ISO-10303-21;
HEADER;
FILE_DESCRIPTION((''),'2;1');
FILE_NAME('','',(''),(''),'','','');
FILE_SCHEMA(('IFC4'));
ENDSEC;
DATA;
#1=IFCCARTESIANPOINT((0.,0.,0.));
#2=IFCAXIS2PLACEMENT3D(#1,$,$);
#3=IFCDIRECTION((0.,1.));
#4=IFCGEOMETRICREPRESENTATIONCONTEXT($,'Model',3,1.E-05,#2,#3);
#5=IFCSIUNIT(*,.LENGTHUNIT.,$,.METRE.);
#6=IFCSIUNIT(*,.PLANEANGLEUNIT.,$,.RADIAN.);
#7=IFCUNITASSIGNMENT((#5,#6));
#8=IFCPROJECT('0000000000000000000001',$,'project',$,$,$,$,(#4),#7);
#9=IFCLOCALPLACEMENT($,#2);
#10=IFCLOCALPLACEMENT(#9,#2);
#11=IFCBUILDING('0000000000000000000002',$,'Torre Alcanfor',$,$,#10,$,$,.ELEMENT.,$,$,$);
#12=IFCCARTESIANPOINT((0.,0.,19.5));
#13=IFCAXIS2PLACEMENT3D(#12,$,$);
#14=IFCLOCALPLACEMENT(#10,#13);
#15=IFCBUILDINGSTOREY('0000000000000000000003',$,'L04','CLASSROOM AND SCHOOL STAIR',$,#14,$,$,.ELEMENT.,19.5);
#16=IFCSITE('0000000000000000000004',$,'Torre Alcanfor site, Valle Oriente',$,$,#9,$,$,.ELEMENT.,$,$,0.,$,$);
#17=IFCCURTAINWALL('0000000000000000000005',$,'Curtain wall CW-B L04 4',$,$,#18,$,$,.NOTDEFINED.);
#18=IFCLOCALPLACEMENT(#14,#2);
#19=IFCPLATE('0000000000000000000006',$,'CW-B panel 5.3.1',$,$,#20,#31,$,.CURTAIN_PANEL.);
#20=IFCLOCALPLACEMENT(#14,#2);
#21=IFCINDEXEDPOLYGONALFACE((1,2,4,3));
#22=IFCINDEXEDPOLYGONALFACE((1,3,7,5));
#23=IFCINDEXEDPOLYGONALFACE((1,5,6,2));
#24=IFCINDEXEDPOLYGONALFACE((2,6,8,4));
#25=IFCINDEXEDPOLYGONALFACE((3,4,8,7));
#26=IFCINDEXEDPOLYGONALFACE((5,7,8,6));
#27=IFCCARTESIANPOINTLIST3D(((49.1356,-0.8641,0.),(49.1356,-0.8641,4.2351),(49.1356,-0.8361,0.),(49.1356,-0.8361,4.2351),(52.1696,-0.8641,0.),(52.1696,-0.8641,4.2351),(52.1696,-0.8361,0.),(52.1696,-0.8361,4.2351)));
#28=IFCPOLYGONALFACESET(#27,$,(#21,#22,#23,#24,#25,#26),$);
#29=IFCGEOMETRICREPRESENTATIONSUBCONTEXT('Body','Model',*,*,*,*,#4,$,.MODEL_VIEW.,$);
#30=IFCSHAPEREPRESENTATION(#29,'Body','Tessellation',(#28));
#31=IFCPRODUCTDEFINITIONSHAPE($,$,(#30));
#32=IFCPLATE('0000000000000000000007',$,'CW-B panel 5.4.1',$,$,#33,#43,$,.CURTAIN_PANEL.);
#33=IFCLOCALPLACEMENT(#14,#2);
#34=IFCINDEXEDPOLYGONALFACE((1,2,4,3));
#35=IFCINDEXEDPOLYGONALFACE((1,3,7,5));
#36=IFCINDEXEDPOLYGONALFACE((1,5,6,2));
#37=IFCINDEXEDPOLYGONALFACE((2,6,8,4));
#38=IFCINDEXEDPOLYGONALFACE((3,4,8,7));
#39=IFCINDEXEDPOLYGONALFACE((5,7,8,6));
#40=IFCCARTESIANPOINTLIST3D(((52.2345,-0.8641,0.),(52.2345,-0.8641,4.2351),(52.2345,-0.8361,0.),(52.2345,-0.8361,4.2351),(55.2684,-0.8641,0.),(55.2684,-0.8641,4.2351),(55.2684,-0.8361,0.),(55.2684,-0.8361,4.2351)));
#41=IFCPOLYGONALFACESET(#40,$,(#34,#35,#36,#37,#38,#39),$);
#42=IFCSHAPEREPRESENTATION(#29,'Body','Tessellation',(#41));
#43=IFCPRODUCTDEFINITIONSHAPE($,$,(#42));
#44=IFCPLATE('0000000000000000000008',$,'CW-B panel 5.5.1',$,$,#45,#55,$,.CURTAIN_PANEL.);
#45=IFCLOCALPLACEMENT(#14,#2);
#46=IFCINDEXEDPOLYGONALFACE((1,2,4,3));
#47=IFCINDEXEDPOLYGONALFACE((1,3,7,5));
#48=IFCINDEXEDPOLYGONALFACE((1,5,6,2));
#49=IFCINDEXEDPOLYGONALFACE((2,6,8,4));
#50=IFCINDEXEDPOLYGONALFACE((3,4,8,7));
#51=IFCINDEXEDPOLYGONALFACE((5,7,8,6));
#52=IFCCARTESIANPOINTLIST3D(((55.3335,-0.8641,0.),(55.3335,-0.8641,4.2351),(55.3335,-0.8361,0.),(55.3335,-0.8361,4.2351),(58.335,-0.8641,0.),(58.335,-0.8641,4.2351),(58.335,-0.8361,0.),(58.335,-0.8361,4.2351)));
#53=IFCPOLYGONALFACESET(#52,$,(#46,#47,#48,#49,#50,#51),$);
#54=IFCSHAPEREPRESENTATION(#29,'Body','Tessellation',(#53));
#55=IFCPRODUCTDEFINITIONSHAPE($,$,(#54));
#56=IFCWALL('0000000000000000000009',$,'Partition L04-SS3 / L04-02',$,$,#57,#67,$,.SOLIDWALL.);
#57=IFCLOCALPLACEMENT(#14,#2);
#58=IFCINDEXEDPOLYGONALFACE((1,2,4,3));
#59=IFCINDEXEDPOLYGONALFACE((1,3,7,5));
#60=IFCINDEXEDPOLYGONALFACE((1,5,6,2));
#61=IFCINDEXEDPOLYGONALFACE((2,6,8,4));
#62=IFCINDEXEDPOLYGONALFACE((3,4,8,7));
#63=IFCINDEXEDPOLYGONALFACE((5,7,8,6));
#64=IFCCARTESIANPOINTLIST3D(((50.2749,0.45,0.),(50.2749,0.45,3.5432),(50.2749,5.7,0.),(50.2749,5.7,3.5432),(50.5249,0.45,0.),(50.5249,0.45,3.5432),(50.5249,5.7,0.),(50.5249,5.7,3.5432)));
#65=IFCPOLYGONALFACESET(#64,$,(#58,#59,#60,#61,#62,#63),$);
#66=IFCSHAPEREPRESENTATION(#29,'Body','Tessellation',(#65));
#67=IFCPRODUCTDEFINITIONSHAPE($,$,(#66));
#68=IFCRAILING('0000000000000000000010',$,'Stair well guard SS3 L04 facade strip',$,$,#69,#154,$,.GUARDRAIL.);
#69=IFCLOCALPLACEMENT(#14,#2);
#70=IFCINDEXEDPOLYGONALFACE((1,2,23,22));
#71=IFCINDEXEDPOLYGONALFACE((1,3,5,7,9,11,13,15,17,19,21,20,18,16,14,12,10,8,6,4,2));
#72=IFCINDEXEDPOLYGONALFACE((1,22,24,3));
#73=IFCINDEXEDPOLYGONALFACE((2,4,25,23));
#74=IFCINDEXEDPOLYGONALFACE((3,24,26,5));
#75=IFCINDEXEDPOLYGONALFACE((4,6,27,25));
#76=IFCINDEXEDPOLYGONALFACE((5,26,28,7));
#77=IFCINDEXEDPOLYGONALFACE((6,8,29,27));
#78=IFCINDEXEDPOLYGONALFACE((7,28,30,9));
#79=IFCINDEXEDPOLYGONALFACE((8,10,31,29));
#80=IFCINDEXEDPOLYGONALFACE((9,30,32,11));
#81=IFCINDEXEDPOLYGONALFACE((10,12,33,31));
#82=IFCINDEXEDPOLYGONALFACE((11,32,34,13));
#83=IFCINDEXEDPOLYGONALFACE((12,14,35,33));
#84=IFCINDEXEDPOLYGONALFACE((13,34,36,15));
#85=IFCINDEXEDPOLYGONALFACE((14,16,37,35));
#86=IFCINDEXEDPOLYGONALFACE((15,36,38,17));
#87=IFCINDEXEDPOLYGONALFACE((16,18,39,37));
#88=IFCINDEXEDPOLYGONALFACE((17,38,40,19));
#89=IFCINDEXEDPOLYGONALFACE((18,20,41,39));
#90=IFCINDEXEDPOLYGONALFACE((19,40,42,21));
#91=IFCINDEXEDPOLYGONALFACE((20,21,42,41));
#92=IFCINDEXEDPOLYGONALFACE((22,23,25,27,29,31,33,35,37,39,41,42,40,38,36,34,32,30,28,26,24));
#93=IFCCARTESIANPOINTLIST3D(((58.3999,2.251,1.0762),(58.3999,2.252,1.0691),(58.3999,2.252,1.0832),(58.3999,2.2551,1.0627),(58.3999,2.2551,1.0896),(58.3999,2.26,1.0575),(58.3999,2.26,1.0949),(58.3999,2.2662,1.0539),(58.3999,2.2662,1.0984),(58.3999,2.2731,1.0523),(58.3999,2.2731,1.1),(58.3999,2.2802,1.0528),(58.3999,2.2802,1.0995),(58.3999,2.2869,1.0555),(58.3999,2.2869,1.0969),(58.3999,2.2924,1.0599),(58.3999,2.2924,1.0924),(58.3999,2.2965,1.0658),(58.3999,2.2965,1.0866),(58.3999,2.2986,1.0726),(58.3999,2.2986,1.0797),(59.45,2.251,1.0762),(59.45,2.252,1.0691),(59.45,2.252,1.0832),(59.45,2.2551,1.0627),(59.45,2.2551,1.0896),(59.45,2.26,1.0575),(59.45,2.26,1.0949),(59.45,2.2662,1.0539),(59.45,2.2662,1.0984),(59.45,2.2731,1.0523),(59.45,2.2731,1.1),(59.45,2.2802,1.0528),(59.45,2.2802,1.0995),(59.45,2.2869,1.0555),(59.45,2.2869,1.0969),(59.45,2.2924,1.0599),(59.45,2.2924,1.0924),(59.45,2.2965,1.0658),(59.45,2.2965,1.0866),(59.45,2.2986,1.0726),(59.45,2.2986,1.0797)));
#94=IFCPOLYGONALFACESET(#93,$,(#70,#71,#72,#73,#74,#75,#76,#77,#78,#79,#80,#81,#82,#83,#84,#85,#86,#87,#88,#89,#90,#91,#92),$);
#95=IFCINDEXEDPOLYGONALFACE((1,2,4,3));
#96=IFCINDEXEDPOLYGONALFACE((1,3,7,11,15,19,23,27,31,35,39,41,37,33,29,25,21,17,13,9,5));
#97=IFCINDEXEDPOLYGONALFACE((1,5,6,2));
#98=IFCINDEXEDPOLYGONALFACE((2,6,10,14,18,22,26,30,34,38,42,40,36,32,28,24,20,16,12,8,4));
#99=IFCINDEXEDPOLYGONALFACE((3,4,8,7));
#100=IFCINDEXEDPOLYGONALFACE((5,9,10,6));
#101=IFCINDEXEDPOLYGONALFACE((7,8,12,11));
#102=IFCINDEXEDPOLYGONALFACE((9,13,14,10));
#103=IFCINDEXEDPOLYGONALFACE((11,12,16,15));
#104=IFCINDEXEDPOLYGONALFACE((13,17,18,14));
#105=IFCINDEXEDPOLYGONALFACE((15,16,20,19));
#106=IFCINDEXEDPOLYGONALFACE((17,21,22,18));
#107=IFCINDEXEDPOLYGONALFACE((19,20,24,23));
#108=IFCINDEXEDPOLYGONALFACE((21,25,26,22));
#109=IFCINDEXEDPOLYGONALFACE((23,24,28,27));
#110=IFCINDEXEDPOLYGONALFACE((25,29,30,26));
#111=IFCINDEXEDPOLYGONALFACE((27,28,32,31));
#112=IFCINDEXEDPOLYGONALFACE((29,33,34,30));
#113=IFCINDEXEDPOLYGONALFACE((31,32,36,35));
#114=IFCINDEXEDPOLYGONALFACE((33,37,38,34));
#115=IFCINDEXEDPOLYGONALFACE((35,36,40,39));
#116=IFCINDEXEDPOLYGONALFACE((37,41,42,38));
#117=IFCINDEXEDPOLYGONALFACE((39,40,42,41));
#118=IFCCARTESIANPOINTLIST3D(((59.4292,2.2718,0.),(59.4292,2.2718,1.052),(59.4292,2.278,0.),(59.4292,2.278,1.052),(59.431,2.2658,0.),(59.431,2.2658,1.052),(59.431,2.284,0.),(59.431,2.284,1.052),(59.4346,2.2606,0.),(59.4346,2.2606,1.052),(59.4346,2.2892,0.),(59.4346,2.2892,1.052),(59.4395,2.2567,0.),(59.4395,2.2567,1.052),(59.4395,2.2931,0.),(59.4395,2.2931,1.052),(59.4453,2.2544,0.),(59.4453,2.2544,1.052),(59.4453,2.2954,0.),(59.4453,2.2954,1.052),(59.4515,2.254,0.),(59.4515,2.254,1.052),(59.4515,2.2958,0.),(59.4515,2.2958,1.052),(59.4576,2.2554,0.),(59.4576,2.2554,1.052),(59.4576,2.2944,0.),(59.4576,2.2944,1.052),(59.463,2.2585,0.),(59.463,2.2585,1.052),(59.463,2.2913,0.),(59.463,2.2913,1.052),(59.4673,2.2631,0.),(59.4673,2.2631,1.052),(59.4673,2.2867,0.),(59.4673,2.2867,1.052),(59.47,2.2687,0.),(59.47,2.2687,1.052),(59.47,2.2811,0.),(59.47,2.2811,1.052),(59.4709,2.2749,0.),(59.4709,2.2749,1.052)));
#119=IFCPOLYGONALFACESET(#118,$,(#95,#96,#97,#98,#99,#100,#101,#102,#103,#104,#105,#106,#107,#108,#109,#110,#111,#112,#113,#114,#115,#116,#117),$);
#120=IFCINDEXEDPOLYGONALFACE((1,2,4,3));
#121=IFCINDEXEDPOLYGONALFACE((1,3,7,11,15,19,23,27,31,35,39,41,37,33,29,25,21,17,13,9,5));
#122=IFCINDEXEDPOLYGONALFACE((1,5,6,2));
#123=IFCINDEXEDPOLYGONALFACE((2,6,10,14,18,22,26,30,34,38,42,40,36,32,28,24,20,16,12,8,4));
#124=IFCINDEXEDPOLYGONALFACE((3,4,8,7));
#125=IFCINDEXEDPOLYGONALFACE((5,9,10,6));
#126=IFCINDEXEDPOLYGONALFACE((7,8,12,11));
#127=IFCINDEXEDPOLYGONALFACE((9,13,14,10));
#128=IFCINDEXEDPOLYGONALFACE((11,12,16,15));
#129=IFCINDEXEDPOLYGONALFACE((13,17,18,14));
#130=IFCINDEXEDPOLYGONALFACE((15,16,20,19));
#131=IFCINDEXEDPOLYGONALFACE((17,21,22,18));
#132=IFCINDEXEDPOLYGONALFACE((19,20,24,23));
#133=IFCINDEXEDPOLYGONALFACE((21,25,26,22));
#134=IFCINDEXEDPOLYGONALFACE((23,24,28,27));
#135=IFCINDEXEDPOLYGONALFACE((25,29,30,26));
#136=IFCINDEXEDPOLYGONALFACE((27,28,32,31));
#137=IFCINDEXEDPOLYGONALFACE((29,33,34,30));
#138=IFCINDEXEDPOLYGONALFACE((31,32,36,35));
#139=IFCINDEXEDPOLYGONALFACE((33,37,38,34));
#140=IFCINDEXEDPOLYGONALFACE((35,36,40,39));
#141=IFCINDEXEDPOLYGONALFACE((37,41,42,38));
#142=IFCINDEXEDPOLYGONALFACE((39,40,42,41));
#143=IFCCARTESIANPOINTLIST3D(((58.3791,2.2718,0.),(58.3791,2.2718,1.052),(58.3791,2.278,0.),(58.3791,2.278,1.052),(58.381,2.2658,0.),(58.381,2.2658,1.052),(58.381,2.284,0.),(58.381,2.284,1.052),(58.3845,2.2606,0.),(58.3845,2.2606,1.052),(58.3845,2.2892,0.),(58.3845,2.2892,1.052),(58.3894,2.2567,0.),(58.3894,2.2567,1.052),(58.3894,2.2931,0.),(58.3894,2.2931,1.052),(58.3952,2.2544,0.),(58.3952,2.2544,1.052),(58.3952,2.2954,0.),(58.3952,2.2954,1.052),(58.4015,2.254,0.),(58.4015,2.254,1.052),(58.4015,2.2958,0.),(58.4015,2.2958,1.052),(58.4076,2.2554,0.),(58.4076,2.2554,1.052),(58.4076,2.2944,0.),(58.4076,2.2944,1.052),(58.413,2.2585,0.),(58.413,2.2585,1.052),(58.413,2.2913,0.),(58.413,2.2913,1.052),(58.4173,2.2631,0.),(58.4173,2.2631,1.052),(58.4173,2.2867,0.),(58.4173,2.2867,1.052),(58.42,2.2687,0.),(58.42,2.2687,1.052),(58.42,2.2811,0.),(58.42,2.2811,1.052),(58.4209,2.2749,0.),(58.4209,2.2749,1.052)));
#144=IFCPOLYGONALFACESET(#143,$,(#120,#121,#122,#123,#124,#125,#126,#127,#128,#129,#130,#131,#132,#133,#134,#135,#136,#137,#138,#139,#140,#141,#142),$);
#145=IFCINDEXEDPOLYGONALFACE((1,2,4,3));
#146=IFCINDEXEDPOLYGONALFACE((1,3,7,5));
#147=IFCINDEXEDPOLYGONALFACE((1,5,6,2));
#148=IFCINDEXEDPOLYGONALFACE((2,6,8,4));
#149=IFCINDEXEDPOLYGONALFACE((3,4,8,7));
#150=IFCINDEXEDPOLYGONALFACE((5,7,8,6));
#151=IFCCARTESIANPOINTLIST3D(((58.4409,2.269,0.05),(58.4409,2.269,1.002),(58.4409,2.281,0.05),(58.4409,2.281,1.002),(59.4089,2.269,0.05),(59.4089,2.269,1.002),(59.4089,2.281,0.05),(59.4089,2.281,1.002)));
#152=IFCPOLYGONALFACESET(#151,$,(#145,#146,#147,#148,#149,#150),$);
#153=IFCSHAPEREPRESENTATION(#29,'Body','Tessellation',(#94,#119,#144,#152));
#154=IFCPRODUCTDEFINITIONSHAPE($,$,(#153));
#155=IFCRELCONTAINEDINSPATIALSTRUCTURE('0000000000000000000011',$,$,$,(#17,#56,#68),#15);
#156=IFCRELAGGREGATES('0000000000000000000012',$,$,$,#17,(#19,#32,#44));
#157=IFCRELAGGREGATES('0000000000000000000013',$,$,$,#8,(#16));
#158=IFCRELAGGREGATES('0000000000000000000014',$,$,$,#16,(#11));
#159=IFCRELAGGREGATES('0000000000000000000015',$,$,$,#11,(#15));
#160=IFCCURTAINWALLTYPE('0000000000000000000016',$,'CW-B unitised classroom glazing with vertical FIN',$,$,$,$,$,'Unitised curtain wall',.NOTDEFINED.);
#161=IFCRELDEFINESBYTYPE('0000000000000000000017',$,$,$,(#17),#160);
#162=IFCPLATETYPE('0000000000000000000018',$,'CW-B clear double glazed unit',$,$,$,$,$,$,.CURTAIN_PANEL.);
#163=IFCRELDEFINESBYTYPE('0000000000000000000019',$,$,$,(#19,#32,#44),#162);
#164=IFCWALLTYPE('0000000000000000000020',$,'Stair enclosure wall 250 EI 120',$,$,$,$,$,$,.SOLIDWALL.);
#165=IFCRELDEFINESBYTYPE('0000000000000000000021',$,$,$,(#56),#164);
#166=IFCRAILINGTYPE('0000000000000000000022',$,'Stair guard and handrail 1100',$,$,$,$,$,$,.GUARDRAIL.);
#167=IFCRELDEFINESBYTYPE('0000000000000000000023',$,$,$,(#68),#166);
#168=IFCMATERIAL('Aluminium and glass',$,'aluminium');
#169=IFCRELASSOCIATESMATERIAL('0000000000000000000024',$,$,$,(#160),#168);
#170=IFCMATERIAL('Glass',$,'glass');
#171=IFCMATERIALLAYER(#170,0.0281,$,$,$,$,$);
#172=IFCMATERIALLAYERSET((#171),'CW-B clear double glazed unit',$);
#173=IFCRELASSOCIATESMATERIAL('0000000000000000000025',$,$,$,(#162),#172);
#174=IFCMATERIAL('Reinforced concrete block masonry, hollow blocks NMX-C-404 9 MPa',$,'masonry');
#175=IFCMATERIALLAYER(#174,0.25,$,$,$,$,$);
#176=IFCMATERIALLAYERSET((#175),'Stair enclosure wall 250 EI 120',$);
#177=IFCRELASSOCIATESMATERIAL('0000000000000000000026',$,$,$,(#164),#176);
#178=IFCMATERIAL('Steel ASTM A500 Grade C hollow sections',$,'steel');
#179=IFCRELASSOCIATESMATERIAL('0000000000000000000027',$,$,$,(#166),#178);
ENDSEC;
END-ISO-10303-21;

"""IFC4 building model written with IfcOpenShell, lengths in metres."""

from ifc_helpers import new_model, si_unit, direction, frame, frame_2d, origin, origin_2d, place, context, subcontext, project, spatial, polyline, rectangle, circle, outline, extrude, material, layer, layer_set, type_object, element, aggregate, save


model = new_model("IFC4")

# Units and contexts
model_context = context("Model", 3, precision=1e-05, world=origin(), true_north=direction((0.0, 1.0)))
body_context = subcontext(model_context, "Body", "Model", "MODEL_VIEW")
ifc_project = project(units=[si_unit("LENGTHUNIT", "METRE"), si_unit("PLANEANGLEUNIT", "RADIAN")], contexts=[model_context])

# Site, building, storey
site_placement = place(None, origin())
site = spatial("IfcSite", under=ifc_project, at=site_placement, Name="Torre Alcanfor site, Valle Oriente", CompositionType="ELEMENT", RefElevation=0.0)
building_placement = place(site_placement, origin())
building = spatial("IfcBuilding", under=site, at=building_placement, Name="Torre Alcanfor", CompositionType="ELEMENT")
storey_placement = place(building_placement, frame((0.0, 0.0, 19.5)))
storey = spatial("IfcBuildingStorey", under=building, at=storey_placement, Name="L04", Description="CLASSROOM AND SCHOOL STAIR", CompositionType="ELEMENT", Elevation=19.5)

# Shared definitions
ifc_material_1 = material(Name="Aluminium and glass", Category="aluminium")
curtain_wall_type = type_object("IfcCurtainWallType", Name="CW-B unitised classroom glazing with vertical FIN", ElementType="Unitised curtain wall", PredefinedType="NOTDEFINED", material=ifc_material_1)

# Curtain wall
curtain_wall_1_placement = place(storey_placement, origin())
curtain_wall_1 = element("IfcCurtainWall", 1, at=curtain_wall_1_placement, inside=storey, type_object=curtain_wall_type, Name="Curtain wall CW-B L04 4", PredefinedType="NOTDEFINED")

# Plates
ifc_material_2 = material(Name="Glass", Category="glass")
ifc_layer_1 = layer(ifc_material_2, 0.0281)
ifc_layer_set_1 = layer_set([ifc_layer_1], Name="CW-B clear double glazed unit")
plate_type = type_object("IfcPlateType", Name="CW-B clear double glazed unit", PredefinedType="CURTAIN_PANEL", material=ifc_layer_set_1)
plate_1_placement = place(storey_placement, frame((50.6526, -0.8501, 0.0), z_axis=(0.0, 0.0, 1.0), x_axis=(1.0, 0.0, 0.0)))
plate_1 = element("IfcPlate", 2, at=plate_1_placement, type_object=plate_type, Name="CW-B panel 5.3.1", PredefinedType="CURTAIN_PANEL", context=body_context, shape_type="SweptSolid", body=[
    extrude(rectangle(XDim=3.0339, YDim=0.0281, at=origin_2d()), origin(), (0.0, 0.0, 1.0), 4.2351),
])
plate_2_placement = place(storey_placement, frame((53.7515, -0.8501, 0.0), z_axis=(0.0, 0.0, 1.0), x_axis=(1.0, 0.0, 0.0)))
plate_2 = element("IfcPlate", 3, at=plate_2_placement, type_object=plate_type, Name="CW-B panel 5.4.1", PredefinedType="CURTAIN_PANEL", context=body_context, shape_type="SweptSolid", body=[
    extrude(rectangle(XDim=3.0339, YDim=0.0281, at=origin_2d()), origin(), (0.0, 0.0, 1.0), 4.2351),
])
plate_3_placement = place(storey_placement, frame((56.8342, -0.8501, 0.0), z_axis=(0.0, 0.0, 1.0), x_axis=(1.0, 0.0, 0.0)))
plate_3 = element("IfcPlate", 4, at=plate_3_placement, type_object=plate_type, Name="CW-B panel 5.5.1", PredefinedType="CURTAIN_PANEL", context=body_context, shape_type="SweptSolid", body=[
    extrude(rectangle(XDim=3.0015, YDim=0.0281, at=origin_2d()), origin(), (0.0, 0.0, 1.0), 4.2351),
])
aggregate(curtain_wall_1, [plate_1, plate_2, plate_3])

# Wall
ifc_material_3 = material(Name="Reinforced concrete block masonry, hollow blocks NMX-C-404 9 MPa", Category="masonry")
ifc_layer_2 = layer(ifc_material_3, 0.25)
ifc_layer_set_2 = layer_set([ifc_layer_2], Name="Stair enclosure wall 250 EI 120")
wall_type_1 = type_object("IfcWallType", Name="Stair enclosure wall 250 EI 120", PredefinedType="SOLIDWALL", material=ifc_layer_set_2)
wall_1_placement = place(storey_placement, frame((50.3999, 0.45, 0.0), z_axis=(0.0, 0.0, 1.0), x_axis=(0.0, 1.0, 0.0)))
element("IfcWall", 5, at=wall_1_placement, inside=storey, type_object=wall_type_1, Name="Partition L04-SS3 / L04-02", PredefinedType="SOLIDWALL", context=body_context, shape_type="SweptSolid", body=[
    extrude(rectangle(XDim=5.25, YDim=0.25, at=frame_2d((2.625, 0.0))), origin(), (0.0, 0.0, 1.0), 3.5432),
])

# Railing
ifc_material_4 = material(Name="Steel ASTM A500 Grade C hollow sections", Category="steel")
railing_type_1 = type_object("IfcRailingType", Name="Stair guard and handrail 1100", PredefinedType="GUARDRAIL", material=ifc_material_4)
railing_1_placement = place(storey_placement, frame((59.45, 2.2749, 0.0)))
element("IfcRailing", 6, at=railing_1_placement, inside=storey, type_object=railing_type_1, Name="Stair well guard SS3 L04 facade strip", PredefinedType="GUARDRAIL", context=body_context, shape_type="SweptSolid", body=[
    extrude(circle(Radius=0.0239, at=origin_2d()), frame((0.0, 0.0, 1.0762), z_axis=(-1.0, 0.0, 0.0), x_axis=(0.0, -1.0, 0.0)), (0.0, 0.0, 1.0), 1.05),
    extrude(circle(Radius=0.021, at=origin_2d()), origin(), (0.0, 0.0, 1.0), 1.052),
    extrude(circle(Radius=0.021, at=origin_2d()), frame((-1.05, 0.0, 0.0)), (0.0, 0.0, 1.0), 1.052),
    extrude(outline(polyline([(0.041, 0.05), (1.009, 0.05), (1.009, 1.002), (0.041, 1.002), (0.041, 0.05)])), frame((0.0, -0.0059, 0.0), z_axis=(0.0, 1.0, 0.0), x_axis=(-1.0, 0.0, 0.0)), (0.0, 0.0, 1.0), 0.012),
])

save(model, "model.ifc")
